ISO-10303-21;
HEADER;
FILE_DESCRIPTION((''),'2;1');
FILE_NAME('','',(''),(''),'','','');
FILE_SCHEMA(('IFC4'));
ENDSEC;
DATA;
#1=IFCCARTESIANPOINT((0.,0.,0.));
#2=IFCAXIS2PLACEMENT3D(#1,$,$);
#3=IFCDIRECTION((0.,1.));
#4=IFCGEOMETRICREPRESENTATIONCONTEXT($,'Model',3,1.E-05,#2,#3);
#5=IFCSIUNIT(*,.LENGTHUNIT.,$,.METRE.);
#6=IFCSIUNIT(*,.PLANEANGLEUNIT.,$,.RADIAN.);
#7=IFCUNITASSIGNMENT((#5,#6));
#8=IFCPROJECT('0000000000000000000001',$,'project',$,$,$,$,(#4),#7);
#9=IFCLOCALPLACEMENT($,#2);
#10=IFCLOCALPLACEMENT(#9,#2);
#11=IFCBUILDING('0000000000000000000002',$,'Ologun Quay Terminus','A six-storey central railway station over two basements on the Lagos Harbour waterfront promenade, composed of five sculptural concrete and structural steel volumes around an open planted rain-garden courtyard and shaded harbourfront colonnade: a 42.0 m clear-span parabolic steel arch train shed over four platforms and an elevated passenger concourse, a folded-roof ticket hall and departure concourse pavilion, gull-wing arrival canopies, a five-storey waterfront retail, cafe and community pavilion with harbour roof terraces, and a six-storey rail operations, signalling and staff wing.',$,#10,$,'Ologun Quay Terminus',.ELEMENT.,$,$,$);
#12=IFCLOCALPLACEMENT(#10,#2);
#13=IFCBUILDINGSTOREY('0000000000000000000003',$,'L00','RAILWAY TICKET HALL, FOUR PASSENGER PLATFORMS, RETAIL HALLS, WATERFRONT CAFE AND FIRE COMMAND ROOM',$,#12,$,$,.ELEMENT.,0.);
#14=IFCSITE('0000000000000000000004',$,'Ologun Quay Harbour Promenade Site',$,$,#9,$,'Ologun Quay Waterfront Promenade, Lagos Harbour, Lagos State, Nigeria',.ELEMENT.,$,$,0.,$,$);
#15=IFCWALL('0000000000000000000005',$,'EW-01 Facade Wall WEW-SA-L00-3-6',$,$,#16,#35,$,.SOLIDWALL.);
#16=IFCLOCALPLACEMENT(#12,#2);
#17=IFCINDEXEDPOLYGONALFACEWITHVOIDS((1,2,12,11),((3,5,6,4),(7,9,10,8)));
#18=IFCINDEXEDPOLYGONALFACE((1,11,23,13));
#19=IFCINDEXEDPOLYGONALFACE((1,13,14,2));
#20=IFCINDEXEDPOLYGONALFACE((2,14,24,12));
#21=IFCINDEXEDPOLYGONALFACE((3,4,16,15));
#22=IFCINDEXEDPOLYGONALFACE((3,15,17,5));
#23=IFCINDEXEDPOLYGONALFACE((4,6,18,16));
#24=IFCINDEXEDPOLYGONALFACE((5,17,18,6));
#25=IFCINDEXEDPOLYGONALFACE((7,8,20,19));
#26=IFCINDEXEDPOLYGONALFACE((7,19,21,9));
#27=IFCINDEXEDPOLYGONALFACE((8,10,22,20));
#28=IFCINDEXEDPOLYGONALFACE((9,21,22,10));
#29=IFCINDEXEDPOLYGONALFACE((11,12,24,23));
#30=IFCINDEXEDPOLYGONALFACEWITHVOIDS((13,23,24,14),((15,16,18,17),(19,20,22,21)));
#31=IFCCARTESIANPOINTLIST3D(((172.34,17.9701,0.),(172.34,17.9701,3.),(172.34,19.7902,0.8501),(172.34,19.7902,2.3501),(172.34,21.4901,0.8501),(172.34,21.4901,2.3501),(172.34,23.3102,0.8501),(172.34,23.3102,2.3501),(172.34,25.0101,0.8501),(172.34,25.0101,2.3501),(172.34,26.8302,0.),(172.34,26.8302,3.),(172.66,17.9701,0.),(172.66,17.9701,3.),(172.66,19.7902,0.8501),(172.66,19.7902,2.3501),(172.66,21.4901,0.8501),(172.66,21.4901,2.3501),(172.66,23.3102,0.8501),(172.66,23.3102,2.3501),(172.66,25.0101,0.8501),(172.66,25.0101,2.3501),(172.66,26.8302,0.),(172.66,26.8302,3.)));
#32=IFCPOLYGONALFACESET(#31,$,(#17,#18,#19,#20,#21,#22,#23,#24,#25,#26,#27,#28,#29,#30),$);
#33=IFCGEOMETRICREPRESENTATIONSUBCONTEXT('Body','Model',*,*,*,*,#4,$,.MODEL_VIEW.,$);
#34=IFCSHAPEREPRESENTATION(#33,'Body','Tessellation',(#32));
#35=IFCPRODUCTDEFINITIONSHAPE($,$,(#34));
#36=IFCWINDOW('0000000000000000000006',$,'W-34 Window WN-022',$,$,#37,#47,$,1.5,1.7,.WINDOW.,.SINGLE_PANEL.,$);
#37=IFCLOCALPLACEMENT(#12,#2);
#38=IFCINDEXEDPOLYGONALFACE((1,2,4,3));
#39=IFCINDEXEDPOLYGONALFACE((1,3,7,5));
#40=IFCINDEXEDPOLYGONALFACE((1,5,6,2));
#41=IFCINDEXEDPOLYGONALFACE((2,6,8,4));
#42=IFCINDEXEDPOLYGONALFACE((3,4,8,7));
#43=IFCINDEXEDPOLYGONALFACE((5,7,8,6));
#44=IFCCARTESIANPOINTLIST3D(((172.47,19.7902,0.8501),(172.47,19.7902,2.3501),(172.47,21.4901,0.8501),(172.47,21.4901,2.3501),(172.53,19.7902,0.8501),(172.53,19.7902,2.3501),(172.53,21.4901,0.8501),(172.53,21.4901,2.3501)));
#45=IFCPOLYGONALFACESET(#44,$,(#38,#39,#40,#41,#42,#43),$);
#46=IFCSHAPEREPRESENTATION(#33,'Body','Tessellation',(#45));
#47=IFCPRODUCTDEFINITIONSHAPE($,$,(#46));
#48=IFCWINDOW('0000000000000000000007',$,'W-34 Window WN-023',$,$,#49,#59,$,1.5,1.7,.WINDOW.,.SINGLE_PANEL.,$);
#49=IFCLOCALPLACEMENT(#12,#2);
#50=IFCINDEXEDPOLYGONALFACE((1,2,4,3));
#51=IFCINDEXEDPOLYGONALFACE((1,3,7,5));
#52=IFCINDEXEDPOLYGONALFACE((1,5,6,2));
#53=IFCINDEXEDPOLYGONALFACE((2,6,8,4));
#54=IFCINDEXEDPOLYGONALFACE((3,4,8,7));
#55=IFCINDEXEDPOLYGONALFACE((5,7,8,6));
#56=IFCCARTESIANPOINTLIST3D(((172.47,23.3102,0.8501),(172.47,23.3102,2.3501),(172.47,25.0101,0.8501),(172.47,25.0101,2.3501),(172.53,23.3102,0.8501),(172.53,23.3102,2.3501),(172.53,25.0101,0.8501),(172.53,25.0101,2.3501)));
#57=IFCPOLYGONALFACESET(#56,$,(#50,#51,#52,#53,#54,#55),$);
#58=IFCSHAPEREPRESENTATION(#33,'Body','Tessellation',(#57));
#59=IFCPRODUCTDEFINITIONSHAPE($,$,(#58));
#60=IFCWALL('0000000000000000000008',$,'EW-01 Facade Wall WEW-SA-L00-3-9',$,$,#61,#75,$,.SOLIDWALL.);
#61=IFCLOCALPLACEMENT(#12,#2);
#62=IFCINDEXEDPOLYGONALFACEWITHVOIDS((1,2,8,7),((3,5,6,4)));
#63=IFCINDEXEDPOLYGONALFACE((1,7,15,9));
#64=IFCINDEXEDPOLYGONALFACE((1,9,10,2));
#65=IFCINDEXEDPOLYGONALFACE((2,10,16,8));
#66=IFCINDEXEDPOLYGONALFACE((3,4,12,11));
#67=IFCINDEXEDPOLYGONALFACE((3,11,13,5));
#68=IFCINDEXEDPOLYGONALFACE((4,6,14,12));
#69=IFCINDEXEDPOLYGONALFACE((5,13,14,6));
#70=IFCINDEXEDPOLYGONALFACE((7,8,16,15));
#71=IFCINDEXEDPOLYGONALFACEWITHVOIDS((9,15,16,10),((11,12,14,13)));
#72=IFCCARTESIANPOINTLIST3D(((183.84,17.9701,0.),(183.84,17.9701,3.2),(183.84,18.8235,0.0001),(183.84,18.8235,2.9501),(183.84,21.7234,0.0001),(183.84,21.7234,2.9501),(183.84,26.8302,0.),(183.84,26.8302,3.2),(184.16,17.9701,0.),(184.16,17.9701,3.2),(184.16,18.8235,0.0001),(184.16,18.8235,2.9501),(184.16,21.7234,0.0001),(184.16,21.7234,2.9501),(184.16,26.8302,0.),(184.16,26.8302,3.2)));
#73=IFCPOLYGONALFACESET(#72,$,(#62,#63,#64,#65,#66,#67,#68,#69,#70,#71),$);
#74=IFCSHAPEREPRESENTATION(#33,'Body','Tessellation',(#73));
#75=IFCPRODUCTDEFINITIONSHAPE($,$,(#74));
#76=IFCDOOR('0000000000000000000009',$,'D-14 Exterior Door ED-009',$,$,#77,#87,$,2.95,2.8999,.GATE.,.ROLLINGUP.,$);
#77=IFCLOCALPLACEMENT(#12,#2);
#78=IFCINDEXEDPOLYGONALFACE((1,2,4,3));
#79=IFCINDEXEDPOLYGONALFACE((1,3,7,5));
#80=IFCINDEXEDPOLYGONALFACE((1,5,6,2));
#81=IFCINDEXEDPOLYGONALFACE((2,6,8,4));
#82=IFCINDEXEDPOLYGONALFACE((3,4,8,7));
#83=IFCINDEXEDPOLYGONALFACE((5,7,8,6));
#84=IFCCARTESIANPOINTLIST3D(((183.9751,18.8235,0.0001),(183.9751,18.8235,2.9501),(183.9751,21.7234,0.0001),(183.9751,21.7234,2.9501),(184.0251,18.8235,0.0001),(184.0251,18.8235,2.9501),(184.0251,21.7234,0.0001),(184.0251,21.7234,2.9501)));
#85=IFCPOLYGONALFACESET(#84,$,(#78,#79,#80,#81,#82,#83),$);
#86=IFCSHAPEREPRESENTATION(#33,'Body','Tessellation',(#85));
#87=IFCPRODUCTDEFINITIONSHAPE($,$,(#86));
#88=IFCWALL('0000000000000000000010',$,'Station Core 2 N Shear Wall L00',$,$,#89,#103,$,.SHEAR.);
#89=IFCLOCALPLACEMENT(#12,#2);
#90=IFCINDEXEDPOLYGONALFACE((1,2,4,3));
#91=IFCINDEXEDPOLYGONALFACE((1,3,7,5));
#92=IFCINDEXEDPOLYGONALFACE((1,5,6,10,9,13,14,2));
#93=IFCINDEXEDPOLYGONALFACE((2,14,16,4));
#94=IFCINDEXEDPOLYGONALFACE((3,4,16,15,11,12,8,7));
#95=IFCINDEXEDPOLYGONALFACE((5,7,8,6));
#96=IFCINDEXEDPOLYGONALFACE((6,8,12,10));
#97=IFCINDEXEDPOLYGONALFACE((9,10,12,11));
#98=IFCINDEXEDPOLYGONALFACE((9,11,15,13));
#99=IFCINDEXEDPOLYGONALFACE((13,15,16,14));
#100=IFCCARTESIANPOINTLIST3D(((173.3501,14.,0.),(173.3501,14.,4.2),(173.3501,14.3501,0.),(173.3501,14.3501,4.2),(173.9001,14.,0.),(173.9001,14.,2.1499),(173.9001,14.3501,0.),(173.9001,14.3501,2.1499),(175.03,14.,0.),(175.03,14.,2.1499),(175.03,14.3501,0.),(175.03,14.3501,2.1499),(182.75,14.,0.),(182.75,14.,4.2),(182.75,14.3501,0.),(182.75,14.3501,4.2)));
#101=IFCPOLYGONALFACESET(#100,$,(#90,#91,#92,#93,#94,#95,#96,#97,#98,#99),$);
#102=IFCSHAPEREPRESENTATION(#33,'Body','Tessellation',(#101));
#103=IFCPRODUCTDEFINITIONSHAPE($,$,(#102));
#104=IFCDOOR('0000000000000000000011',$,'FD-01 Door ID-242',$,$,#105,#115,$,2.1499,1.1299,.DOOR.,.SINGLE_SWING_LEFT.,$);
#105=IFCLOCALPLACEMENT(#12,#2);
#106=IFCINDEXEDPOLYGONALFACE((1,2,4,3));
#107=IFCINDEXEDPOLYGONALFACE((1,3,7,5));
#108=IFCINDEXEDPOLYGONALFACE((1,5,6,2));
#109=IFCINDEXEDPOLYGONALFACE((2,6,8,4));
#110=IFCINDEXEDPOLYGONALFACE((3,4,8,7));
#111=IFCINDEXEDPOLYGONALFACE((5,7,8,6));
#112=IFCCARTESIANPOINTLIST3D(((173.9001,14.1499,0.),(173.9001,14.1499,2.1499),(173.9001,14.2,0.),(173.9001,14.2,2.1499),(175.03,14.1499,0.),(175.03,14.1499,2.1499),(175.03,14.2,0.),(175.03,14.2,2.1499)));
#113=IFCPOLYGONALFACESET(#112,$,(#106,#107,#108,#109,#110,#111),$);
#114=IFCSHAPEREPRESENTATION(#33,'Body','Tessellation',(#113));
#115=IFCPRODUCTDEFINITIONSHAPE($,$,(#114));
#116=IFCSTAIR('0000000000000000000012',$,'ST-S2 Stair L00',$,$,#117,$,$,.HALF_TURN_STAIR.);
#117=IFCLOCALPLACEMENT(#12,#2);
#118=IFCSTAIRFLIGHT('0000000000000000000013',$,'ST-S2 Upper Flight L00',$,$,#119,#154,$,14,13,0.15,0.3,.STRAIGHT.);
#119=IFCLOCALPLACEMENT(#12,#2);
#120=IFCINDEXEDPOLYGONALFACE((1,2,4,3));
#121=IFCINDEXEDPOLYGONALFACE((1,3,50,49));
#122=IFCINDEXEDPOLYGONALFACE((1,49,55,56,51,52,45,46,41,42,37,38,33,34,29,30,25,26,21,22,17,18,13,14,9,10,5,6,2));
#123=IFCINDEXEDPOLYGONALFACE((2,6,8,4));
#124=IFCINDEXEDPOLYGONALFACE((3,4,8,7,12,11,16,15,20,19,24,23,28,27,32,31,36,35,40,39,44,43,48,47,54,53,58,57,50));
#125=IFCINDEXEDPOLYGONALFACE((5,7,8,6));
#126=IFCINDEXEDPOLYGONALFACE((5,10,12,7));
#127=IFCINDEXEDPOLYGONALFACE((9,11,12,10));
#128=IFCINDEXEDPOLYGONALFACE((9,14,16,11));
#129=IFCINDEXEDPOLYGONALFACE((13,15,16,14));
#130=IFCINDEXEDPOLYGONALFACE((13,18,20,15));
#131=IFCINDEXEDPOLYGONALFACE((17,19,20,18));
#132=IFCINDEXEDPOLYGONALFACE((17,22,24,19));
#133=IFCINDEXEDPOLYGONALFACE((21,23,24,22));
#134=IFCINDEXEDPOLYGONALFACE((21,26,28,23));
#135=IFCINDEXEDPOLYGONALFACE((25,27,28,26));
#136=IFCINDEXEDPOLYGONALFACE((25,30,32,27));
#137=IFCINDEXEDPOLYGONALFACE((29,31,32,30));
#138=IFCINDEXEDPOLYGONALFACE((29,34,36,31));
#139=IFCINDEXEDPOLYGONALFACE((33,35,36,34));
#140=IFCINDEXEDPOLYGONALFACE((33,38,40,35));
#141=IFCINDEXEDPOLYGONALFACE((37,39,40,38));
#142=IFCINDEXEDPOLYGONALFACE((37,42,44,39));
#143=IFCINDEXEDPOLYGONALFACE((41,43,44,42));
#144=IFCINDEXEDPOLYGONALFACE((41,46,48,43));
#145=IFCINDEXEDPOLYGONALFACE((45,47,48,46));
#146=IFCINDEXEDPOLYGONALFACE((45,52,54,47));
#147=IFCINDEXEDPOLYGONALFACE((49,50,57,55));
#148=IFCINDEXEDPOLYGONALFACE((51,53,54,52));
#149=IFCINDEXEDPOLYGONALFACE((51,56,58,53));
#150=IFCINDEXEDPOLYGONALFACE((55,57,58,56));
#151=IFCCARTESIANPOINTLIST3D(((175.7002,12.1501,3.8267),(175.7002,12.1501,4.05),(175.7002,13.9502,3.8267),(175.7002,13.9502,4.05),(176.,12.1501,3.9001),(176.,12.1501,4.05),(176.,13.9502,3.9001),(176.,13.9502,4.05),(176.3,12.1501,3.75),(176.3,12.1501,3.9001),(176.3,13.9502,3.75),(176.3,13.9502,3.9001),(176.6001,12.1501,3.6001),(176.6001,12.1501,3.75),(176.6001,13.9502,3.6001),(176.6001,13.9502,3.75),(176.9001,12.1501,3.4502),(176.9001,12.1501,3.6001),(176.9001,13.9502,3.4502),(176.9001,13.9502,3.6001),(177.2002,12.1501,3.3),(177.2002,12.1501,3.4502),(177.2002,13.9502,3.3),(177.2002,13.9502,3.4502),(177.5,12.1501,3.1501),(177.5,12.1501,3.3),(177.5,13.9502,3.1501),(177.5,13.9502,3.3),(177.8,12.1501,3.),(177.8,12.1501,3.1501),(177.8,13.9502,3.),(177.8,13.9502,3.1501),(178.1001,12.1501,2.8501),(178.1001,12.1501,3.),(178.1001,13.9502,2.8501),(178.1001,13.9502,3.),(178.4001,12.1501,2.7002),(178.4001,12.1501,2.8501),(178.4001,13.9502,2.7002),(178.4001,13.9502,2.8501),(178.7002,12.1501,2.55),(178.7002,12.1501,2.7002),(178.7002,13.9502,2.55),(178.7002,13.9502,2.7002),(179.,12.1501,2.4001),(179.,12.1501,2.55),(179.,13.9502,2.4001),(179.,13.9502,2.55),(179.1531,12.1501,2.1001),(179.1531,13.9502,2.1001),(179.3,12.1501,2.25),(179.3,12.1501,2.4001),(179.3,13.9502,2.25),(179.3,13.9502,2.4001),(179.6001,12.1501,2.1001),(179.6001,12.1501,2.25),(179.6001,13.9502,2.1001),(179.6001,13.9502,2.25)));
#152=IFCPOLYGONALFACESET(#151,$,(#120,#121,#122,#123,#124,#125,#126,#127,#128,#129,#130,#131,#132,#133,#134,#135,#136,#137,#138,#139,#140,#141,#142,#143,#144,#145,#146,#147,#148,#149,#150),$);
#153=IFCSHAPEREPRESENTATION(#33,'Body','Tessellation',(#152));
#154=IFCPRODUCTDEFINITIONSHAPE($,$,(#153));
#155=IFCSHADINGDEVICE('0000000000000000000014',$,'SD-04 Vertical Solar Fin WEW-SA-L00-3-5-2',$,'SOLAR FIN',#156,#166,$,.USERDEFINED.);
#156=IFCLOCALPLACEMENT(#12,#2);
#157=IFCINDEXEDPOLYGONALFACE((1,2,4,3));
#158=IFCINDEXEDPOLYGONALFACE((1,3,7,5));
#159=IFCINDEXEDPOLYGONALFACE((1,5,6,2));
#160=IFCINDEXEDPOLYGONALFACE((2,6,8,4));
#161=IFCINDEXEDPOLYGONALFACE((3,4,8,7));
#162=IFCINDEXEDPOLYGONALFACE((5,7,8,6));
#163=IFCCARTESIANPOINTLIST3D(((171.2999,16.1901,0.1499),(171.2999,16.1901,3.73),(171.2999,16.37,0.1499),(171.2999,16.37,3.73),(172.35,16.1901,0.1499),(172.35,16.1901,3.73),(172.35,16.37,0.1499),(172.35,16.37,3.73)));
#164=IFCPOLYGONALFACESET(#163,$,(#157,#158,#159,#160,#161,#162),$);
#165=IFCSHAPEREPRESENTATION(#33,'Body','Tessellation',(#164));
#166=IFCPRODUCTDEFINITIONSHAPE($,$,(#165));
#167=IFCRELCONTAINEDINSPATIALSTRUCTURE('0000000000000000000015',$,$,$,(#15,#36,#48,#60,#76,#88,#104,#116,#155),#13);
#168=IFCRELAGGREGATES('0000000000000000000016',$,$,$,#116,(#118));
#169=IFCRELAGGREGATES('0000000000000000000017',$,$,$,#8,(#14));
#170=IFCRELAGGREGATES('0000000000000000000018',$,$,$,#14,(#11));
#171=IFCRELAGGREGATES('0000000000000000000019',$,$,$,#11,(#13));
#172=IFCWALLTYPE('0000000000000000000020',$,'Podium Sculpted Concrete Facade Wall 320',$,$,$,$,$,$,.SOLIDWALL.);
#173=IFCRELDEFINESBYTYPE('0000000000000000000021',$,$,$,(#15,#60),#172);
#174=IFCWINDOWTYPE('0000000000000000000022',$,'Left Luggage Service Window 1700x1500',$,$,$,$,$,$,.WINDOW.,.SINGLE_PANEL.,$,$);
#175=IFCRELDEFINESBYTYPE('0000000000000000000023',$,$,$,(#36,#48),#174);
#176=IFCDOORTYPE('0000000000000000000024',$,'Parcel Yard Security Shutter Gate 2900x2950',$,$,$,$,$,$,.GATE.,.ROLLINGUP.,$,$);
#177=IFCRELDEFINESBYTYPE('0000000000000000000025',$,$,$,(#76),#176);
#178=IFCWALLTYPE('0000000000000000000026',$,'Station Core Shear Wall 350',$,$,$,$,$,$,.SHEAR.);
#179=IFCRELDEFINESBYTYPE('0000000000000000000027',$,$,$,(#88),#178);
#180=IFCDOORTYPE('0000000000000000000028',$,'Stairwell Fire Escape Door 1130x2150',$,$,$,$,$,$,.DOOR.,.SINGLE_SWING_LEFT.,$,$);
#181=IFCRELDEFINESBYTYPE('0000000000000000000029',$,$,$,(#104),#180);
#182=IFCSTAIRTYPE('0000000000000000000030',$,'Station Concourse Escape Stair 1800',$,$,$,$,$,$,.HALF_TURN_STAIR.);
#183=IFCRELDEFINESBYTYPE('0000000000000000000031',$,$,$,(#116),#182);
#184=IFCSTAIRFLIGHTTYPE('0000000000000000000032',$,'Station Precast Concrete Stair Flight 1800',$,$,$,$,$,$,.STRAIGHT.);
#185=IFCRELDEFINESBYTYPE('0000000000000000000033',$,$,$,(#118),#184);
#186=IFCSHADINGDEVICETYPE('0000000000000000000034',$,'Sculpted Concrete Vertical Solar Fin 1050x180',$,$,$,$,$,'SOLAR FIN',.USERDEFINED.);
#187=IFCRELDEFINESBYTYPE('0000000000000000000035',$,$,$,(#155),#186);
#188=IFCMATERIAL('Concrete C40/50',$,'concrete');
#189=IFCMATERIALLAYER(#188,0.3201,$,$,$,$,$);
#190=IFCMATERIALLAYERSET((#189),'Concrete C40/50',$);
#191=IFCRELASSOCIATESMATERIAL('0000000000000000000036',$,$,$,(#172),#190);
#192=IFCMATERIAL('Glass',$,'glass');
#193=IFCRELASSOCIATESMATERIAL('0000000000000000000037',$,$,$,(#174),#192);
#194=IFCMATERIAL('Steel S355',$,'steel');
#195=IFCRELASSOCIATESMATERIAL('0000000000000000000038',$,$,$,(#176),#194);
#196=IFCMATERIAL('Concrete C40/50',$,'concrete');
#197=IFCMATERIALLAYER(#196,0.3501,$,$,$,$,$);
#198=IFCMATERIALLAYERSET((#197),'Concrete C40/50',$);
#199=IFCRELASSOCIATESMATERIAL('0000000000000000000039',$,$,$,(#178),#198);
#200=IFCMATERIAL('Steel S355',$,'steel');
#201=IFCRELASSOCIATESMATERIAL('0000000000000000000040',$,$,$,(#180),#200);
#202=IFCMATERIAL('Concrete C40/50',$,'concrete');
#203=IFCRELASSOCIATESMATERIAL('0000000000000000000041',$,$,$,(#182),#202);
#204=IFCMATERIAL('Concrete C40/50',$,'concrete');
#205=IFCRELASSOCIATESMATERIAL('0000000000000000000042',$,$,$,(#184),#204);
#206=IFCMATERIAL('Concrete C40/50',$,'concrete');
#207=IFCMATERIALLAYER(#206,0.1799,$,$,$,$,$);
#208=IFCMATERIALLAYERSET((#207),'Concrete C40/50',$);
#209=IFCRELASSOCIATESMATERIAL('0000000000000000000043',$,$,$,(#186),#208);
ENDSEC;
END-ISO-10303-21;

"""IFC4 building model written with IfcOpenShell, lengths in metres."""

from ifc_helpers import new_model, si_unit, direction, frame, frame_2d, origin, origin_2d, place, context, subcontext, project, spatial, polyline, rectangle, outline, extrude, material, layer, layer_set, type_object, element, fill, aggregate, save


model = new_model("IFC4")

# Units and contexts
model_context = context("Model", 3, precision=1e-05, world=origin(), true_north=direction((0.0, 1.0)))
body_context = subcontext(model_context, "Body", "Model", "MODEL_VIEW")
ifc_project = project(units=[si_unit("LENGTHUNIT", "METRE"), si_unit("PLANEANGLEUNIT", "RADIAN")], contexts=[model_context])

# Site, building, storey
site_placement = place(None, origin())
site = spatial("IfcSite", under=ifc_project, at=site_placement, Name="Ologun Quay Harbour Promenade Site", LongName="Ologun Quay Waterfront Promenade, Lagos Harbour, Lagos State, Nigeria", CompositionType="ELEMENT", RefElevation=0.0)
building_placement = place(site_placement, origin())
building = spatial("IfcBuilding", under=site, at=building_placement, Name="Ologun Quay Terminus", Description="A six-storey central railway station over two basements on the Lagos Harbour waterfront promenade, composed of five sculptural concrete and structural steel volumes around an open planted rain-garden courtyard and shaded harbourfront colonnade: a 42.0 m clear-span parabolic steel arch train shed over four platforms and an elevated passenger concourse, a folded-roof ticket hall and departure concourse pavilion, gull-wing arrival canopies, a five-storey waterfront retail, cafe and community pavilion with harbour roof terraces, and a six-storey rail operations, signalling and staff wing.", LongName="Ologun Quay Terminus", CompositionType="ELEMENT")
storey_placement = place(building_placement, origin())
storey = spatial("IfcBuildingStorey", under=building, at=storey_placement, Name="L00", Description="RAILWAY TICKET HALL, FOUR PASSENGER PLATFORMS, RETAIL HALLS, WATERFRONT CAFE AND FIRE COMMAND ROOM", CompositionType="ELEMENT", Elevation=0.0)

# Wall, openings, windows
ifc_material_1 = material(Name="Concrete C40/50", Category="concrete")
ifc_layer_1 = layer(ifc_material_1, 0.3201)
ifc_layer_set_1 = layer_set([ifc_layer_1], Name="Concrete C40/50")
wall_type_1 = type_object("IfcWallType", Name="Podium Sculpted Concrete Facade Wall 320", PredefinedType="SOLIDWALL", material=ifc_layer_set_1)
wall_1_placement = place(storey_placement, frame((172.5, 17.97, 0.0), z_axis=(0.0, 0.0, 1.0), x_axis=(0.0, 1.0, 0.0)))
wall_1 = element("IfcWall", 1, at=wall_1_placement, inside=storey, type_object=wall_type_1, Name="EW-01 Facade Wall WEW-SA-L00-3-6", PredefinedType="SOLIDWALL", context=body_context, shape_type="SweptSolid", body=[
    extrude(rectangle(XDim=8.8601, YDim=0.3201, at=frame_2d((4.4302, 0.0))), origin(), (0.0, 0.0, 1.0), 3.0),
])
opening_1_placement = place(wall_1_placement, frame((1.8201, 0.0, 0.8501)))
opening_1 = element("IfcOpeningElement", 2, at=opening_1_placement, cuts=wall_1, PredefinedType="OPENING", context=body_context, shape_type="SweptSolid", body=[
    extrude(rectangle(XDim=1.7, YDim=1.5, at=frame_2d((0.8501, 0.75))), frame((0.0, 0.1699, 0.0), z_axis=(0.0, -1.0, 0.0), x_axis=(1.0, 0.0, 0.0)), (0.0, 0.0, 1.0), 0.3401),
])
opening_2_placement = place(wall_1_placement, frame((5.3401, 0.0, 0.8501)))
opening_2 = element("IfcOpeningElement", 3, at=opening_2_placement, cuts=wall_1, PredefinedType="OPENING", context=body_context, shape_type="SweptSolid", body=[
    extrude(rectangle(XDim=1.7, YDim=1.5, at=frame_2d((0.8501, 0.75))), frame((0.0, 0.1699, 0.0), z_axis=(0.0, -1.0, 0.0), x_axis=(1.0, 0.0, 0.0)), (0.0, 0.0, 1.0), 0.3401),
])
ifc_material_2 = material(Name="Glass", Category="glass")
window_type = type_object("IfcWindowType", Name="Left Luggage Service Window 1700x1500", PartitioningType="SINGLE_PANEL", PredefinedType="WINDOW", material=ifc_material_2)
window_1_placement = place(opening_1_placement, origin())
window_1 = element("IfcWindow", 4, at=window_1_placement, inside=storey, type_object=window_type, Name="W-34 Window WN-022", OverallHeight=1.5, OverallWidth=1.7, PartitioningType="SINGLE_PANEL", PredefinedType="WINDOW", context=body_context, shape_type="SweptSolid", body=[
    extrude(rectangle(XDim=1.7, YDim=1.5, at=frame_2d((0.8501, 0.75))), frame((0.0, 0.03, 0.0), z_axis=(0.0, -1.0, 0.0), x_axis=(1.0, 0.0, 0.0)), (0.0, 0.0, 1.0), 0.0601),
])
fill(opening_1, window_1)
window_2_placement = place(opening_2_placement, origin())
window_2 = element("IfcWindow", 5, at=window_2_placement, inside=storey, type_object=window_type, Name="W-34 Window WN-023", OverallHeight=1.5, OverallWidth=1.7, PartitioningType="SINGLE_PANEL", PredefinedType="WINDOW", context=body_context, shape_type="SweptSolid", body=[
    extrude(rectangle(XDim=1.7, YDim=1.5, at=frame_2d((0.8501, 0.75))), frame((0.0, 0.03, 0.0), z_axis=(0.0, -1.0, 0.0), x_axis=(1.0, 0.0, 0.0)), (0.0, 0.0, 1.0), 0.0601),
])
fill(opening_2, window_2)

# Walls, openings, doors
wall_2_placement = place(storey_placement, frame((184.0, 17.97, 0.0), z_axis=(0.0, 0.0, 1.0), x_axis=(0.0, 1.0, 0.0)))
wall_2 = element("IfcWall", 6, at=wall_2_placement, inside=storey, type_object=wall_type_1, Name="EW-01 Facade Wall WEW-SA-L00-3-9", PredefinedType="SOLIDWALL", context=body_context, shape_type="SweptSolid", body=[
    extrude(rectangle(XDim=8.8601, YDim=0.3201, at=frame_2d((4.4302, 0.0))), origin(), (0.0, 0.0, 1.0), 3.2),
])
opening_3_placement = place(wall_2_placement, frame((0.8535, 0.0, 0.0)))
opening_3 = element("IfcOpeningElement", 7, at=opening_3_placement, cuts=wall_2, PredefinedType="OPENING", context=body_context, shape_type="SweptSolid", body=[
    extrude(rectangle(XDim=2.8999, YDim=2.95, at=frame_2d((1.45, 1.4751))), frame((0.0, 0.1699, 0.0), z_axis=(0.0, -1.0, 0.0), x_axis=(1.0, 0.0, 0.0)), (0.0, 0.0, 1.0), 0.3401),
])
ifc_material_3 = material(Name="Steel S355", Category="steel")
door_type_1 = type_object("IfcDoorType", Name="Parcel Yard Security Shutter Gate 2900x2950", OperationType="ROLLINGUP", PredefinedType="GATE", material=ifc_material_3)
door_1_placement = place(opening_3_placement, origin())
door_1 = element("IfcDoor", 8, at=door_1_placement, inside=storey, type_object=door_type_1, Name="D-14 Exterior Door ED-009", OperationType="ROLLINGUP", OverallHeight=2.95, OverallWidth=2.8999, PredefinedType="GATE", context=body_context, shape_type="SweptSolid", body=[
    extrude(rectangle(XDim=2.8999, YDim=2.95, at=frame_2d((1.45, 1.4751))), frame((0.0, 0.0249, 0.0), z_axis=(0.0, -1.0, 0.0), x_axis=(1.0, 0.0, 0.0)), (0.0, 0.0, 1.0), 0.05),
])
fill(opening_3, door_1)
ifc_material_4 = material(Name="Concrete C40/50", Category="concrete")
ifc_layer_2 = layer(ifc_material_4, 0.3501)
ifc_layer_set_2 = layer_set([ifc_layer_2], Name="Concrete C40/50")
wall_type_2 = type_object("IfcWallType", Name="Station Core Shear Wall 350", PredefinedType="SHEAR", material=ifc_layer_set_2)
wall_3_placement = place(storey_placement, frame((173.3501, 14.175, 0.0), z_axis=(0.0, 0.0, 1.0), x_axis=(1.0, 0.0, 0.0)))
wall_3 = element("IfcWall", 9, at=wall_3_placement, inside=storey, type_object=wall_type_2, Name="Station Core 2 N Shear Wall L00", PredefinedType="SHEAR", context=body_context, shape_type="SweptSolid", body=[
    extrude(rectangle(XDim=9.3999, YDim=0.3501, at=frame_2d((4.7, 0.0))), origin(), (0.0, 0.0, 1.0), 4.2),
])
opening_4_placement = place(wall_3_placement, frame((0.55, 0.0, 0.0)))
opening_4 = element("IfcOpeningElement", 10, at=opening_4_placement, cuts=wall_3, PredefinedType="OPENING", context=body_context, shape_type="SweptSolid", body=[
    extrude(rectangle(XDim=1.1299, YDim=2.1499, at=frame_2d((0.5649, 1.075))), frame((0.0, 0.1851, 0.0), z_axis=(0.0, -1.0, 0.0), x_axis=(1.0, 0.0, 0.0)), (0.0, 0.0, 1.0), 0.3701),
])
ifc_material_5 = material(Name="Steel S355", Category="steel")
door_type_2 = type_object("IfcDoorType", Name="Stairwell Fire Escape Door 1130x2150", OperationType="SINGLE_SWING_LEFT", PredefinedType="DOOR", material=ifc_material_5)
door_2_placement = place(opening_4_placement, origin())
door_2 = element("IfcDoor", 11, at=door_2_placement, inside=storey, type_object=door_type_2, Name="FD-01 Door ID-242", OperationType="SINGLE_SWING_LEFT", OverallHeight=2.1499, OverallWidth=1.1299, PredefinedType="DOOR", context=body_context, shape_type="SweptSolid", body=[
    extrude(rectangle(XDim=1.1299, YDim=2.1499, at=frame_2d((0.5649, 1.075))), frame((0.0, 0.0249, 0.0), z_axis=(0.0, -1.0, 0.0), x_axis=(1.0, 0.0, 0.0)), (0.0, 0.0, 1.0), 0.05),
])
fill(opening_4, door_2)

# Stair, stair flight
ifc_material_6 = material(Name="Concrete C40/50", Category="concrete")
stair_type = type_object("IfcStairType", Name="Station Concourse Escape Stair 1800", PredefinedType="HALF_TURN_STAIR", material=ifc_material_6)
stair_placement = place(storey_placement, origin())
stair = element("IfcStair", 12, at=stair_placement, inside=storey, type_object=stair_type, Name="ST-S2 Stair L00", PredefinedType="HALF_TURN_STAIR")
ifc_material_7 = material(Name="Concrete C40/50", Category="concrete")
stair_flight_type = type_object("IfcStairFlightType", Name="Station Precast Concrete Stair Flight 1800", PredefinedType="STRAIGHT", material=ifc_material_7)
stair_flight_placement = place(storey_placement, frame((179.6001, 13.05, 2.1001), z_axis=(0.0, 0.0, 1.0), x_axis=(-1.0, 0.0, 0.0)))
stair_flight = element("IfcStairFlight", 13, at=stair_flight_placement, type_object=stair_flight_type, Name="ST-S2 Upper Flight L00", NumberOfRisers=14, NumberOfTreads=13, PredefinedType="STRAIGHT", RiserHeight=0.15, TreadLength=0.3, context=body_context, shape_type="SweptSolid", body=[
    extrude(outline(polyline([(0.0, 0.0), (0.0, 0.1499), (0.3, 0.1499), (0.3, 0.3), (0.6001, 0.3), (0.6001, 0.45), (0.8999, 0.45), (0.8999, 0.6001), (1.2, 0.6001), (1.2, 0.75), (1.5, 0.75), (1.5, 0.8999), (1.8, 0.8999), (1.8, 1.05), (2.1001, 1.05), (2.1001, 1.2), (2.3999, 1.2), (2.3999, 1.3501), (2.7, 1.3501), (2.7, 1.5), (3.0, 1.5), (3.0, 1.6499), (3.3, 1.6499), (3.3, 1.8), (3.6001, 1.8), (3.6001, 1.95), (3.8999, 1.95), (3.8999, 2.1001), (3.8999, 1.7266), (0.447, 0.0), (0.0, 0.0)])), frame((0.0, 0.8999, 0.0), z_axis=(0.0, -1.0, 0.0), x_axis=(1.0, 0.0, 0.0)), (0.0, 0.0, 1.0), 1.8),
])
aggregate(stair, [stair_flight])

# Shading device
ifc_material_8 = material(Name="Concrete C40/50", Category="concrete")
ifc_layer_3 = layer(ifc_material_8, 0.1799)
ifc_layer_set_3 = layer_set([ifc_layer_3], Name="Concrete C40/50")
shading_device_type = type_object("IfcShadingDeviceType", Name="Sculpted Concrete Vertical Solar Fin 1050x180", ElementType="SOLAR FIN", PredefinedType="USERDEFINED", material=ifc_layer_set_3)
for number, where, z_axis, x_axis, name in (
    (14, (171.825, 16.28, 0.1499), (0.0, 0.0, 1.0), (1.0, 0.0, 0.0), "SD-04 Vertical Solar Fin WEW-SA-L00-3-5-2"),
):
    element("IfcShadingDevice", number, at=place(storey_placement, frame(where, z_axis=z_axis, x_axis=x_axis)), inside=storey, type_object=shading_device_type, Name=name, ObjectType="SOLAR FIN", PredefinedType="USERDEFINED", context=body_context, shape_type="SweptSolid", body=[
        extrude(rectangle(XDim=1.05, YDim=0.1799, at=origin_2d()), origin(), (0.0, 0.0, 1.0), 3.5801),
    ])

save(model, "model.ifc")
